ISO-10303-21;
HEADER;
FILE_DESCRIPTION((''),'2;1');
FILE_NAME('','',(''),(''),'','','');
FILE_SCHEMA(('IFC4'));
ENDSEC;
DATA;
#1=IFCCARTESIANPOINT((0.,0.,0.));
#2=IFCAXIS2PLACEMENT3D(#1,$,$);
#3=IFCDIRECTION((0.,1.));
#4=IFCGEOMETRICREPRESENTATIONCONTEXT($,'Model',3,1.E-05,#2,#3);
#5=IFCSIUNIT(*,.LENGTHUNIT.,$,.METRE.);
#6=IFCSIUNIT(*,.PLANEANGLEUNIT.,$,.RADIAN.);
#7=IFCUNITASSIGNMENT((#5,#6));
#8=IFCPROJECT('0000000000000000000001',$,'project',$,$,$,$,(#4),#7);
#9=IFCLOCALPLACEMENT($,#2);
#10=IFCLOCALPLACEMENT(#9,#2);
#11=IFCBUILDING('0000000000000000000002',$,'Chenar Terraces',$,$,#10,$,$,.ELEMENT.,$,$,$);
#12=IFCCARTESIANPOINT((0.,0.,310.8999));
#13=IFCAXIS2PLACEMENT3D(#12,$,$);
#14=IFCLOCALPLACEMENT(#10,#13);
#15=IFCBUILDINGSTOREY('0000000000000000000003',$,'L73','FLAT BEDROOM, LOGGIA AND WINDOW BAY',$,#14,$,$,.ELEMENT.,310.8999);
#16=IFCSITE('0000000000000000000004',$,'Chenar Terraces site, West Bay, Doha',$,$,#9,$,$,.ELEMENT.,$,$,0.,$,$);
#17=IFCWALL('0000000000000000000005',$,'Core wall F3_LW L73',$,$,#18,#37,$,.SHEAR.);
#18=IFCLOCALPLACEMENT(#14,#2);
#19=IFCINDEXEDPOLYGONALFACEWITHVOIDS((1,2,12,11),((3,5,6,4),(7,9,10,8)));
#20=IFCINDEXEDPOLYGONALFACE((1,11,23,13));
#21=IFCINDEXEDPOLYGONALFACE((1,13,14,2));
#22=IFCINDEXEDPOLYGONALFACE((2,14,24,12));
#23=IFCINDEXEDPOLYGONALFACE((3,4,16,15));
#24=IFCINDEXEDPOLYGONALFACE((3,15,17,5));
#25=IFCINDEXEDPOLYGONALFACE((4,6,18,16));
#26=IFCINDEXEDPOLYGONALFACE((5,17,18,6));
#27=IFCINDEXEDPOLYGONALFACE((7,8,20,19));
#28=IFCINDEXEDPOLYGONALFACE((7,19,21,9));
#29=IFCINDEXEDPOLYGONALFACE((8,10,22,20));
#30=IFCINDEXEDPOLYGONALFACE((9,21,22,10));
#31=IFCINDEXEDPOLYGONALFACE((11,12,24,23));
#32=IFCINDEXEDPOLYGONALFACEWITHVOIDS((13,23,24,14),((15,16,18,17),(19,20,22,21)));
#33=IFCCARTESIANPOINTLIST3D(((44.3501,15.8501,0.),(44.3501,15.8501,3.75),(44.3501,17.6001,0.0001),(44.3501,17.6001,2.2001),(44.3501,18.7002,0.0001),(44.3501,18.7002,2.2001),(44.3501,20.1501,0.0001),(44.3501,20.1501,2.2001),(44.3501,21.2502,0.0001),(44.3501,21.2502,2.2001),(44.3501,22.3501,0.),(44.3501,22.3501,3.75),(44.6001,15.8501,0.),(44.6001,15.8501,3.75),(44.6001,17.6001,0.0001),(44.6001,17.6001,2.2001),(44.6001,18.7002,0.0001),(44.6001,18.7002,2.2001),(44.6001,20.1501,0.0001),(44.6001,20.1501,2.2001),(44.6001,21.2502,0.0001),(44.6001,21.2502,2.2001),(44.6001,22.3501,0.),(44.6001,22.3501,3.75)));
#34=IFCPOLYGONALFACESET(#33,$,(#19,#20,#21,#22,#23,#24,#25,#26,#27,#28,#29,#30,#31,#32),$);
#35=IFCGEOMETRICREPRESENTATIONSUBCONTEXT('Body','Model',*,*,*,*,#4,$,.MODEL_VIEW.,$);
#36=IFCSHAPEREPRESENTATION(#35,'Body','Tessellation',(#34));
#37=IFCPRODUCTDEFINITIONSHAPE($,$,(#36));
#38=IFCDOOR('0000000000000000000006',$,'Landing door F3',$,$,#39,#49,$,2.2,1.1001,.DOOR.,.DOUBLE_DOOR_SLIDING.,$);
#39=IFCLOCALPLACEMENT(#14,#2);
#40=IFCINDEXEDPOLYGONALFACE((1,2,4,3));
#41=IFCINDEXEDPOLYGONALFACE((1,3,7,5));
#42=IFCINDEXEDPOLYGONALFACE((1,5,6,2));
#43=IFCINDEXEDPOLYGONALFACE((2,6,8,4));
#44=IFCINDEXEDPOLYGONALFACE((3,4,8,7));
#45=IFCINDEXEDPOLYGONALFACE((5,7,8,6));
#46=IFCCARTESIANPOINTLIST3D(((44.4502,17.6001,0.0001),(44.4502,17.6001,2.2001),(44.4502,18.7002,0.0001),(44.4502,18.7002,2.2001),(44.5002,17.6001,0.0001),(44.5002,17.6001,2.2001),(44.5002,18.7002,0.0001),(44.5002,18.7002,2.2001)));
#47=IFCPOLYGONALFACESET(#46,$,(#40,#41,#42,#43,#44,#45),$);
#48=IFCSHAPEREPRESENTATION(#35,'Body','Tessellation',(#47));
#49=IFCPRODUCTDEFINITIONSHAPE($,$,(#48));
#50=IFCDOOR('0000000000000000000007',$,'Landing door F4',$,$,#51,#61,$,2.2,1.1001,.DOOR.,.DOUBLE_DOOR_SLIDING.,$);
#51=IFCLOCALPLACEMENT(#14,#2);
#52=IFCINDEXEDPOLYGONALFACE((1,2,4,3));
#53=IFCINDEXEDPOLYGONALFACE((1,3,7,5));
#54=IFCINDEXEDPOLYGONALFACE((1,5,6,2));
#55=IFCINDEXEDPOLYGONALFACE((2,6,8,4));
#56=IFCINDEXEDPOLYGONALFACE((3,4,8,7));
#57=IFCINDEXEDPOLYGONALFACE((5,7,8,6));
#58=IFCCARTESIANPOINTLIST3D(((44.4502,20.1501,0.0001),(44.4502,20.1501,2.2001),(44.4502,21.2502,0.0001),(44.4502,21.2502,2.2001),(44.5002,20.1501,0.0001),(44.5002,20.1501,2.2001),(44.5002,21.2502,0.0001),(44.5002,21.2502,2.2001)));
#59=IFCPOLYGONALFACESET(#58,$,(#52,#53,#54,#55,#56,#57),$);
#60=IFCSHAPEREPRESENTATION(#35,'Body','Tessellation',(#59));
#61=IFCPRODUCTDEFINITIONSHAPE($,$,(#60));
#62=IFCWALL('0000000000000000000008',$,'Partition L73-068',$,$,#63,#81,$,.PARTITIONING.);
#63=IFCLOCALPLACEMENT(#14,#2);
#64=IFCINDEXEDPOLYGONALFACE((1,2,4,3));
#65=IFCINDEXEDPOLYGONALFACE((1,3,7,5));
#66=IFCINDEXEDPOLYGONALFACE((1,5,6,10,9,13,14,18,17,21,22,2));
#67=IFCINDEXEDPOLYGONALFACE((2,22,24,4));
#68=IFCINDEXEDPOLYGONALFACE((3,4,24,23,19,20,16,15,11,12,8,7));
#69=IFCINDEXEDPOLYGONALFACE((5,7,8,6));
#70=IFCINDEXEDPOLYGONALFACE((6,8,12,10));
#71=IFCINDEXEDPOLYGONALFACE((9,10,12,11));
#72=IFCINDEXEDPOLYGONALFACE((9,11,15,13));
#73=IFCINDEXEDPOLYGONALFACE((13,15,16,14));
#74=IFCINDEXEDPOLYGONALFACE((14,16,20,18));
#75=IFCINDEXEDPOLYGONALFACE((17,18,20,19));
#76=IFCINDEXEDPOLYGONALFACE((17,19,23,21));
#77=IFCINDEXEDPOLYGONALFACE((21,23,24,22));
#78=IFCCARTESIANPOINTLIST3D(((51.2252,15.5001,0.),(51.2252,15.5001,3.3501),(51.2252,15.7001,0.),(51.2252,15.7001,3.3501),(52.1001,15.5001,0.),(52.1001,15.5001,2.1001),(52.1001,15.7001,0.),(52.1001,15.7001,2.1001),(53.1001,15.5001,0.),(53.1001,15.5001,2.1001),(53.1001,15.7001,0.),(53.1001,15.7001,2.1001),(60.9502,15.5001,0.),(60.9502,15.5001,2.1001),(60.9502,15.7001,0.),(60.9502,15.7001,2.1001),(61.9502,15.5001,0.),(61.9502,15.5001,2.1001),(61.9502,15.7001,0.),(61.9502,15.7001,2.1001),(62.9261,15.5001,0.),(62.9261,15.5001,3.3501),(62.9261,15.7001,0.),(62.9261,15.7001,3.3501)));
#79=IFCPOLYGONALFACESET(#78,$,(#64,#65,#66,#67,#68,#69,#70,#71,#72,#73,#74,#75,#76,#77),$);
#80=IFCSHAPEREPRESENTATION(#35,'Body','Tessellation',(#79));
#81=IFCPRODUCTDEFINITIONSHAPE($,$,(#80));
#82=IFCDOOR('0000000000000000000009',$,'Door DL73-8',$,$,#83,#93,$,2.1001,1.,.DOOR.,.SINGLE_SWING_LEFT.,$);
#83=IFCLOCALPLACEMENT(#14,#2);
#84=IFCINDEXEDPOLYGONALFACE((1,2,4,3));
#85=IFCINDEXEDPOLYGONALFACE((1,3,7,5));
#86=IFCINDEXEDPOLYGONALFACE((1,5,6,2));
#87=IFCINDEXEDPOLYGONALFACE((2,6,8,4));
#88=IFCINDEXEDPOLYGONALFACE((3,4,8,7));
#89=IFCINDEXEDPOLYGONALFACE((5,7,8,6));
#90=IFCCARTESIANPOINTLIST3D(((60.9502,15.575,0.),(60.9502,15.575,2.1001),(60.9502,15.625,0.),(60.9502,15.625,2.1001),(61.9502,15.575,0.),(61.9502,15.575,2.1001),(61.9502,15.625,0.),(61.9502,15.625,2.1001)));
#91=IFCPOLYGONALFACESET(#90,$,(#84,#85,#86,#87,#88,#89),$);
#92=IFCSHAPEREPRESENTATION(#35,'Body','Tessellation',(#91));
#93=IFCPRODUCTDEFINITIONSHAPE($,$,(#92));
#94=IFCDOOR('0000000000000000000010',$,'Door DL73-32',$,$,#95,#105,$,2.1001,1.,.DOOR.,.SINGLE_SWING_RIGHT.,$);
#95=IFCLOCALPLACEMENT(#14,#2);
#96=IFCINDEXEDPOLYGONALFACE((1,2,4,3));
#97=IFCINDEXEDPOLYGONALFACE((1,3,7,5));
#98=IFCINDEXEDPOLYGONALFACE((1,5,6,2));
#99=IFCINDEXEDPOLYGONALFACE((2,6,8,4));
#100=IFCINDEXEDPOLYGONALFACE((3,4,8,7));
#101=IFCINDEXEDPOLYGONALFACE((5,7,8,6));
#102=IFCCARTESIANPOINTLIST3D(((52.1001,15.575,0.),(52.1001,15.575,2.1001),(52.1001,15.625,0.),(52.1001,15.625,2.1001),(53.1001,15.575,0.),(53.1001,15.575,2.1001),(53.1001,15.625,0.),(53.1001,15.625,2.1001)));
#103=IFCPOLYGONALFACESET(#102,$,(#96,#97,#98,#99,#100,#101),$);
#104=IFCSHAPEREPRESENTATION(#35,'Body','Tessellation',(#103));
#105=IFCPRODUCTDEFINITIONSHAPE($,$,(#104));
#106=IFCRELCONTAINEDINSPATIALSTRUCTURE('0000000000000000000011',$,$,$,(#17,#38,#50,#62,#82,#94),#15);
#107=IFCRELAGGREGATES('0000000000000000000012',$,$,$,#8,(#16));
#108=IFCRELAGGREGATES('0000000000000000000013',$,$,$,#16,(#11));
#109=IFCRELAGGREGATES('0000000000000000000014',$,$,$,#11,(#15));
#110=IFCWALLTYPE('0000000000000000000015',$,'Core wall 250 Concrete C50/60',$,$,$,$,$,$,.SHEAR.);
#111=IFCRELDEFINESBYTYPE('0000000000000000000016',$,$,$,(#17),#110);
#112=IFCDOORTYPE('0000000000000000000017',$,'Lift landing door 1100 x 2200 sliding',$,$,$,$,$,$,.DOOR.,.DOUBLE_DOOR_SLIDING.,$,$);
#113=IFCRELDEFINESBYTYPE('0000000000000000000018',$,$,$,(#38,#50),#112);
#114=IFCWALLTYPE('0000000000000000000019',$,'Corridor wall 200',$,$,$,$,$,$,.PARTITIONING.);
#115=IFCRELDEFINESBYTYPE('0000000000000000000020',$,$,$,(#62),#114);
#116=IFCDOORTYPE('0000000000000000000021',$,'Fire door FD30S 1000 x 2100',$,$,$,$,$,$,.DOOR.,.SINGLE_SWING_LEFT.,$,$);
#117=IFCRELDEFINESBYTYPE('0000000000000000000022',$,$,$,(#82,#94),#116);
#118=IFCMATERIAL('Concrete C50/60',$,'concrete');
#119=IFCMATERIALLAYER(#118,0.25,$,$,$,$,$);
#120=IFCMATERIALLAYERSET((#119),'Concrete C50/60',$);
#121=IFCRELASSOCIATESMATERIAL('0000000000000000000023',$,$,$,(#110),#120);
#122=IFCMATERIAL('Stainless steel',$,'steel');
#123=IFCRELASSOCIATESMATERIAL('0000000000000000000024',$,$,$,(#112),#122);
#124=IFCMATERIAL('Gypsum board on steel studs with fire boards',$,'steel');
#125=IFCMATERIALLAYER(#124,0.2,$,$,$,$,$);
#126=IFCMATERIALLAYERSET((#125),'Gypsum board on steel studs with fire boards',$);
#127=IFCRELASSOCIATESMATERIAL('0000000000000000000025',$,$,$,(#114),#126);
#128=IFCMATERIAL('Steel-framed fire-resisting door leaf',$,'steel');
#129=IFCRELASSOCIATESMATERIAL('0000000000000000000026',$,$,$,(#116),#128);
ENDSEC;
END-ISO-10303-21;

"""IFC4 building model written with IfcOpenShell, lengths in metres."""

from ifc_helpers import new_model, si_unit, direction, frame, frame_2d, origin, place, context, subcontext, project, spatial, rectangle, extrude, material, layer, layer_set, type_object, element, fill, save


model = new_model("IFC4")

# Units and contexts
model_context = context("Model", 3, precision=1e-05, world=origin(), true_north=direction((0.0, 1.0)))
body_context = subcontext(model_context, "Body", "Model", "MODEL_VIEW")
ifc_project = project(units=[si_unit("LENGTHUNIT", "METRE"), si_unit("PLANEANGLEUNIT", "RADIAN")], contexts=[model_context])

# Site, building, storey
site_placement = place(None, origin())
site = spatial("IfcSite", under=ifc_project, at=site_placement, Name="Chenar Terraces site, West Bay, Doha", CompositionType="ELEMENT", RefElevation=0.0)
building_placement = place(site_placement, origin())
building = spatial("IfcBuilding", under=site, at=building_placement, Name="Chenar Terraces", CompositionType="ELEMENT")
storey_placement = place(building_placement, frame((0.0, 0.0, 310.8999)))
storey = spatial("IfcBuildingStorey", under=building, at=storey_placement, Name="L73", Description="FLAT BEDROOM, LOGGIA AND WINDOW BAY", CompositionType="ELEMENT", Elevation=310.8999)

# Shared definitions
ifc_material_1 = material(Name="Concrete C50/60", Category="concrete")
ifc_layer_1 = layer(ifc_material_1, 0.25)
ifc_layer_set_1 = layer_set([ifc_layer_1], Name="Concrete C50/60")
wall_type_1 = type_object("IfcWallType", Name="Core wall 250 Concrete C50/60", PredefinedType="SHEAR", material=ifc_layer_set_1)

# Walls, openings, doors
wall_1_placement = place(storey_placement, frame((44.4751, 15.8501, 0.0), z_axis=(0.0, 0.0, 1.0), x_axis=(0.0, 1.0, 0.0)))
wall_1 = element("IfcWall", 1, at=wall_1_placement, inside=storey, type_object=wall_type_1, Name="Core wall F3_LW L73", PredefinedType="SHEAR", context=body_context, shape_type="SweptSolid", body=[
    extrude(rectangle(XDim=6.5, YDim=0.25, at=frame_2d((3.25, 0.0))), origin(), (0.0, 0.0, 1.0), 3.75),
])
opening_1_placement = place(wall_1_placement, frame((1.75, 0.0, 0.0)))
opening_1 = element("IfcOpeningElement", 2, at=opening_1_placement, cuts=wall_1, PredefinedType="OPENING", context=body_context, shape_type="SweptSolid", body=[
    extrude(rectangle(XDim=1.1001, YDim=2.2, at=frame_2d((0.55, 1.1001))), frame((0.0, 0.135, 0.0), z_axis=(0.0, -1.0, 0.0), x_axis=(1.0, 0.0, 0.0)), (0.0, 0.0, 1.0), 0.27),
])
opening_2_placement = place(wall_1_placement, frame((4.3, 0.0, 0.0)))
opening_2 = element("IfcOpeningElement", 3, at=opening_2_placement, cuts=wall_1, PredefinedType="OPENING", context=body_context, shape_type="SweptSolid", body=[
    extrude(rectangle(XDim=1.1001, YDim=2.2, at=frame_2d((0.55, 1.1001))), frame((0.0, 0.135, 0.0), z_axis=(0.0, -1.0, 0.0), x_axis=(1.0, 0.0, 0.0)), (0.0, 0.0, 1.0), 0.27),
])
ifc_material_2 = material(Name="Stainless steel", Category="steel")
door_type_1 = type_object("IfcDoorType", Name="Lift landing door 1100 x 2200 sliding", OperationType="DOUBLE_DOOR_SLIDING", PredefinedType="DOOR", material=ifc_material_2)
door_1_placement = place(opening_1_placement, origin())
door_1 = element("IfcDoor", 4, at=door_1_placement, inside=storey, type_object=door_type_1, Name="Landing door F3", OperationType="DOUBLE_DOOR_SLIDING", OverallHeight=2.2, OverallWidth=1.1001, PredefinedType="DOOR", context=body_context, shape_type="SweptSolid", body=[
    extrude(rectangle(XDim=1.1001, YDim=2.2, at=frame_2d((0.55, 1.1001))), frame((0.0, 0.0249, 0.0), z_axis=(0.0, -1.0, 0.0), x_axis=(1.0, 0.0, 0.0)), (0.0, 0.0, 1.0), 0.05),
])
fill(opening_1, door_1)
door_2_placement = place(opening_2_placement, origin())
door_2 = element("IfcDoor", 5, at=door_2_placement, inside=storey, type_object=door_type_1, Name="Landing door F4", OperationType="DOUBLE_DOOR_SLIDING", OverallHeight=2.2, OverallWidth=1.1001, PredefinedType="DOOR", context=body_context, shape_type="SweptSolid", body=[
    extrude(rectangle(XDim=1.1001, YDim=2.2, at=frame_2d((0.55, 1.1001))), frame((0.0, 0.0249, 0.0), z_axis=(0.0, -1.0, 0.0), x_axis=(1.0, 0.0, 0.0)), (0.0, 0.0, 1.0), 0.05),
])
fill(opening_2, door_2)
ifc_material_3 = material(Name="Gypsum board on steel studs with fire boards", Category="steel")
ifc_layer_2 = layer(ifc_material_3, 0.2)
ifc_layer_set_2 = layer_set([ifc_layer_2], Name="Gypsum board on steel studs with fire boards")
wall_type_2 = type_object("IfcWallType", Name="Corridor wall 200", PredefinedType="PARTITIONING", material=ifc_layer_set_2)
wall_2_placement = place(storey_placement, frame((51.2251, 15.6001, 0.0), z_axis=(0.0, 0.0, 1.0), x_axis=(1.0, 0.0, 0.0)))
wall_2 = element("IfcWall", 6, at=wall_2_placement, inside=storey, type_object=wall_type_2, Name="Partition L73-068", PredefinedType="PARTITIONING", context=body_context, shape_type="SweptSolid", body=[
    extrude(rectangle(XDim=11.7009, YDim=0.2, at=frame_2d((5.8506, 0.0))), origin(), (0.0, 0.0, 1.0), 3.3501),
])
opening_3_placement = place(wall_2_placement, frame((9.7251, 0.0, 0.0)))
opening_3 = element("IfcOpeningElement", 7, at=opening_3_placement, cuts=wall_2, PredefinedType="OPENING", context=body_context, shape_type="SweptSolid", body=[
    extrude(rectangle(XDim=1.0, YDim=2.1001, at=frame_2d((0.5, 1.05))), frame((0.0, 0.1099, 0.0), z_axis=(0.0, -1.0, 0.0), x_axis=(1.0, 0.0, 0.0)), (0.0, 0.0, 1.0), 0.22),
])
opening_4_placement = place(wall_2_placement, frame((0.875, 0.0, 0.0)))
opening_4 = element("IfcOpeningElement", 8, at=opening_4_placement, cuts=wall_2, PredefinedType="OPENING", context=body_context, shape_type="SweptSolid", body=[
    extrude(rectangle(XDim=1.0, YDim=2.1001, at=frame_2d((0.5, 1.05))), frame((0.0, 0.1099, 0.0), z_axis=(0.0, -1.0, 0.0), x_axis=(1.0, 0.0, 0.0)), (0.0, 0.0, 1.0), 0.22),
])
ifc_material_4 = material(Name="Steel-framed fire-resisting door leaf", Category="steel")
door_type_2 = type_object("IfcDoorType", Name="Fire door FD30S 1000 x 2100", OperationType="SINGLE_SWING_LEFT", PredefinedType="DOOR", material=ifc_material_4)
door_3_placement = place(opening_3_placement, origin())
door_3 = element("IfcDoor", 9, at=door_3_placement, inside=storey, type_object=door_type_2, Name="Door DL73-8", OperationType="SINGLE_SWING_LEFT", OverallHeight=2.1001, OverallWidth=1.0, PredefinedType="DOOR", context=body_context, shape_type="SweptSolid", body=[
    extrude(rectangle(XDim=1.0, YDim=2.1001, at=frame_2d((0.5, 1.05))), frame((0.0, 0.0249, 0.0), z_axis=(0.0, -1.0, 0.0), x_axis=(1.0, 0.0, 0.0)), (0.0, 0.0, 1.0), 0.05),
])
fill(opening_3, door_3)
door_4_placement = place(opening_4_placement, origin())
door_4 = element("IfcDoor", 10, at=door_4_placement, inside=storey, type_object=door_type_2, Name="Door DL73-32", OperationType="SINGLE_SWING_RIGHT", OverallHeight=2.1001, OverallWidth=1.0, PredefinedType="DOOR", context=body_context, shape_type="SweptSolid", body=[
    extrude(rectangle(XDim=1.0, YDim=2.1001, at=frame_2d((0.5, 1.05))), frame((0.0, 0.0249, 0.0), z_axis=(0.0, -1.0, 0.0), x_axis=(1.0, 0.0, 0.0)), (0.0, 0.0, 1.0), 0.05),
])
fill(opening_4, door_4)

save(model, "model.ifc")
